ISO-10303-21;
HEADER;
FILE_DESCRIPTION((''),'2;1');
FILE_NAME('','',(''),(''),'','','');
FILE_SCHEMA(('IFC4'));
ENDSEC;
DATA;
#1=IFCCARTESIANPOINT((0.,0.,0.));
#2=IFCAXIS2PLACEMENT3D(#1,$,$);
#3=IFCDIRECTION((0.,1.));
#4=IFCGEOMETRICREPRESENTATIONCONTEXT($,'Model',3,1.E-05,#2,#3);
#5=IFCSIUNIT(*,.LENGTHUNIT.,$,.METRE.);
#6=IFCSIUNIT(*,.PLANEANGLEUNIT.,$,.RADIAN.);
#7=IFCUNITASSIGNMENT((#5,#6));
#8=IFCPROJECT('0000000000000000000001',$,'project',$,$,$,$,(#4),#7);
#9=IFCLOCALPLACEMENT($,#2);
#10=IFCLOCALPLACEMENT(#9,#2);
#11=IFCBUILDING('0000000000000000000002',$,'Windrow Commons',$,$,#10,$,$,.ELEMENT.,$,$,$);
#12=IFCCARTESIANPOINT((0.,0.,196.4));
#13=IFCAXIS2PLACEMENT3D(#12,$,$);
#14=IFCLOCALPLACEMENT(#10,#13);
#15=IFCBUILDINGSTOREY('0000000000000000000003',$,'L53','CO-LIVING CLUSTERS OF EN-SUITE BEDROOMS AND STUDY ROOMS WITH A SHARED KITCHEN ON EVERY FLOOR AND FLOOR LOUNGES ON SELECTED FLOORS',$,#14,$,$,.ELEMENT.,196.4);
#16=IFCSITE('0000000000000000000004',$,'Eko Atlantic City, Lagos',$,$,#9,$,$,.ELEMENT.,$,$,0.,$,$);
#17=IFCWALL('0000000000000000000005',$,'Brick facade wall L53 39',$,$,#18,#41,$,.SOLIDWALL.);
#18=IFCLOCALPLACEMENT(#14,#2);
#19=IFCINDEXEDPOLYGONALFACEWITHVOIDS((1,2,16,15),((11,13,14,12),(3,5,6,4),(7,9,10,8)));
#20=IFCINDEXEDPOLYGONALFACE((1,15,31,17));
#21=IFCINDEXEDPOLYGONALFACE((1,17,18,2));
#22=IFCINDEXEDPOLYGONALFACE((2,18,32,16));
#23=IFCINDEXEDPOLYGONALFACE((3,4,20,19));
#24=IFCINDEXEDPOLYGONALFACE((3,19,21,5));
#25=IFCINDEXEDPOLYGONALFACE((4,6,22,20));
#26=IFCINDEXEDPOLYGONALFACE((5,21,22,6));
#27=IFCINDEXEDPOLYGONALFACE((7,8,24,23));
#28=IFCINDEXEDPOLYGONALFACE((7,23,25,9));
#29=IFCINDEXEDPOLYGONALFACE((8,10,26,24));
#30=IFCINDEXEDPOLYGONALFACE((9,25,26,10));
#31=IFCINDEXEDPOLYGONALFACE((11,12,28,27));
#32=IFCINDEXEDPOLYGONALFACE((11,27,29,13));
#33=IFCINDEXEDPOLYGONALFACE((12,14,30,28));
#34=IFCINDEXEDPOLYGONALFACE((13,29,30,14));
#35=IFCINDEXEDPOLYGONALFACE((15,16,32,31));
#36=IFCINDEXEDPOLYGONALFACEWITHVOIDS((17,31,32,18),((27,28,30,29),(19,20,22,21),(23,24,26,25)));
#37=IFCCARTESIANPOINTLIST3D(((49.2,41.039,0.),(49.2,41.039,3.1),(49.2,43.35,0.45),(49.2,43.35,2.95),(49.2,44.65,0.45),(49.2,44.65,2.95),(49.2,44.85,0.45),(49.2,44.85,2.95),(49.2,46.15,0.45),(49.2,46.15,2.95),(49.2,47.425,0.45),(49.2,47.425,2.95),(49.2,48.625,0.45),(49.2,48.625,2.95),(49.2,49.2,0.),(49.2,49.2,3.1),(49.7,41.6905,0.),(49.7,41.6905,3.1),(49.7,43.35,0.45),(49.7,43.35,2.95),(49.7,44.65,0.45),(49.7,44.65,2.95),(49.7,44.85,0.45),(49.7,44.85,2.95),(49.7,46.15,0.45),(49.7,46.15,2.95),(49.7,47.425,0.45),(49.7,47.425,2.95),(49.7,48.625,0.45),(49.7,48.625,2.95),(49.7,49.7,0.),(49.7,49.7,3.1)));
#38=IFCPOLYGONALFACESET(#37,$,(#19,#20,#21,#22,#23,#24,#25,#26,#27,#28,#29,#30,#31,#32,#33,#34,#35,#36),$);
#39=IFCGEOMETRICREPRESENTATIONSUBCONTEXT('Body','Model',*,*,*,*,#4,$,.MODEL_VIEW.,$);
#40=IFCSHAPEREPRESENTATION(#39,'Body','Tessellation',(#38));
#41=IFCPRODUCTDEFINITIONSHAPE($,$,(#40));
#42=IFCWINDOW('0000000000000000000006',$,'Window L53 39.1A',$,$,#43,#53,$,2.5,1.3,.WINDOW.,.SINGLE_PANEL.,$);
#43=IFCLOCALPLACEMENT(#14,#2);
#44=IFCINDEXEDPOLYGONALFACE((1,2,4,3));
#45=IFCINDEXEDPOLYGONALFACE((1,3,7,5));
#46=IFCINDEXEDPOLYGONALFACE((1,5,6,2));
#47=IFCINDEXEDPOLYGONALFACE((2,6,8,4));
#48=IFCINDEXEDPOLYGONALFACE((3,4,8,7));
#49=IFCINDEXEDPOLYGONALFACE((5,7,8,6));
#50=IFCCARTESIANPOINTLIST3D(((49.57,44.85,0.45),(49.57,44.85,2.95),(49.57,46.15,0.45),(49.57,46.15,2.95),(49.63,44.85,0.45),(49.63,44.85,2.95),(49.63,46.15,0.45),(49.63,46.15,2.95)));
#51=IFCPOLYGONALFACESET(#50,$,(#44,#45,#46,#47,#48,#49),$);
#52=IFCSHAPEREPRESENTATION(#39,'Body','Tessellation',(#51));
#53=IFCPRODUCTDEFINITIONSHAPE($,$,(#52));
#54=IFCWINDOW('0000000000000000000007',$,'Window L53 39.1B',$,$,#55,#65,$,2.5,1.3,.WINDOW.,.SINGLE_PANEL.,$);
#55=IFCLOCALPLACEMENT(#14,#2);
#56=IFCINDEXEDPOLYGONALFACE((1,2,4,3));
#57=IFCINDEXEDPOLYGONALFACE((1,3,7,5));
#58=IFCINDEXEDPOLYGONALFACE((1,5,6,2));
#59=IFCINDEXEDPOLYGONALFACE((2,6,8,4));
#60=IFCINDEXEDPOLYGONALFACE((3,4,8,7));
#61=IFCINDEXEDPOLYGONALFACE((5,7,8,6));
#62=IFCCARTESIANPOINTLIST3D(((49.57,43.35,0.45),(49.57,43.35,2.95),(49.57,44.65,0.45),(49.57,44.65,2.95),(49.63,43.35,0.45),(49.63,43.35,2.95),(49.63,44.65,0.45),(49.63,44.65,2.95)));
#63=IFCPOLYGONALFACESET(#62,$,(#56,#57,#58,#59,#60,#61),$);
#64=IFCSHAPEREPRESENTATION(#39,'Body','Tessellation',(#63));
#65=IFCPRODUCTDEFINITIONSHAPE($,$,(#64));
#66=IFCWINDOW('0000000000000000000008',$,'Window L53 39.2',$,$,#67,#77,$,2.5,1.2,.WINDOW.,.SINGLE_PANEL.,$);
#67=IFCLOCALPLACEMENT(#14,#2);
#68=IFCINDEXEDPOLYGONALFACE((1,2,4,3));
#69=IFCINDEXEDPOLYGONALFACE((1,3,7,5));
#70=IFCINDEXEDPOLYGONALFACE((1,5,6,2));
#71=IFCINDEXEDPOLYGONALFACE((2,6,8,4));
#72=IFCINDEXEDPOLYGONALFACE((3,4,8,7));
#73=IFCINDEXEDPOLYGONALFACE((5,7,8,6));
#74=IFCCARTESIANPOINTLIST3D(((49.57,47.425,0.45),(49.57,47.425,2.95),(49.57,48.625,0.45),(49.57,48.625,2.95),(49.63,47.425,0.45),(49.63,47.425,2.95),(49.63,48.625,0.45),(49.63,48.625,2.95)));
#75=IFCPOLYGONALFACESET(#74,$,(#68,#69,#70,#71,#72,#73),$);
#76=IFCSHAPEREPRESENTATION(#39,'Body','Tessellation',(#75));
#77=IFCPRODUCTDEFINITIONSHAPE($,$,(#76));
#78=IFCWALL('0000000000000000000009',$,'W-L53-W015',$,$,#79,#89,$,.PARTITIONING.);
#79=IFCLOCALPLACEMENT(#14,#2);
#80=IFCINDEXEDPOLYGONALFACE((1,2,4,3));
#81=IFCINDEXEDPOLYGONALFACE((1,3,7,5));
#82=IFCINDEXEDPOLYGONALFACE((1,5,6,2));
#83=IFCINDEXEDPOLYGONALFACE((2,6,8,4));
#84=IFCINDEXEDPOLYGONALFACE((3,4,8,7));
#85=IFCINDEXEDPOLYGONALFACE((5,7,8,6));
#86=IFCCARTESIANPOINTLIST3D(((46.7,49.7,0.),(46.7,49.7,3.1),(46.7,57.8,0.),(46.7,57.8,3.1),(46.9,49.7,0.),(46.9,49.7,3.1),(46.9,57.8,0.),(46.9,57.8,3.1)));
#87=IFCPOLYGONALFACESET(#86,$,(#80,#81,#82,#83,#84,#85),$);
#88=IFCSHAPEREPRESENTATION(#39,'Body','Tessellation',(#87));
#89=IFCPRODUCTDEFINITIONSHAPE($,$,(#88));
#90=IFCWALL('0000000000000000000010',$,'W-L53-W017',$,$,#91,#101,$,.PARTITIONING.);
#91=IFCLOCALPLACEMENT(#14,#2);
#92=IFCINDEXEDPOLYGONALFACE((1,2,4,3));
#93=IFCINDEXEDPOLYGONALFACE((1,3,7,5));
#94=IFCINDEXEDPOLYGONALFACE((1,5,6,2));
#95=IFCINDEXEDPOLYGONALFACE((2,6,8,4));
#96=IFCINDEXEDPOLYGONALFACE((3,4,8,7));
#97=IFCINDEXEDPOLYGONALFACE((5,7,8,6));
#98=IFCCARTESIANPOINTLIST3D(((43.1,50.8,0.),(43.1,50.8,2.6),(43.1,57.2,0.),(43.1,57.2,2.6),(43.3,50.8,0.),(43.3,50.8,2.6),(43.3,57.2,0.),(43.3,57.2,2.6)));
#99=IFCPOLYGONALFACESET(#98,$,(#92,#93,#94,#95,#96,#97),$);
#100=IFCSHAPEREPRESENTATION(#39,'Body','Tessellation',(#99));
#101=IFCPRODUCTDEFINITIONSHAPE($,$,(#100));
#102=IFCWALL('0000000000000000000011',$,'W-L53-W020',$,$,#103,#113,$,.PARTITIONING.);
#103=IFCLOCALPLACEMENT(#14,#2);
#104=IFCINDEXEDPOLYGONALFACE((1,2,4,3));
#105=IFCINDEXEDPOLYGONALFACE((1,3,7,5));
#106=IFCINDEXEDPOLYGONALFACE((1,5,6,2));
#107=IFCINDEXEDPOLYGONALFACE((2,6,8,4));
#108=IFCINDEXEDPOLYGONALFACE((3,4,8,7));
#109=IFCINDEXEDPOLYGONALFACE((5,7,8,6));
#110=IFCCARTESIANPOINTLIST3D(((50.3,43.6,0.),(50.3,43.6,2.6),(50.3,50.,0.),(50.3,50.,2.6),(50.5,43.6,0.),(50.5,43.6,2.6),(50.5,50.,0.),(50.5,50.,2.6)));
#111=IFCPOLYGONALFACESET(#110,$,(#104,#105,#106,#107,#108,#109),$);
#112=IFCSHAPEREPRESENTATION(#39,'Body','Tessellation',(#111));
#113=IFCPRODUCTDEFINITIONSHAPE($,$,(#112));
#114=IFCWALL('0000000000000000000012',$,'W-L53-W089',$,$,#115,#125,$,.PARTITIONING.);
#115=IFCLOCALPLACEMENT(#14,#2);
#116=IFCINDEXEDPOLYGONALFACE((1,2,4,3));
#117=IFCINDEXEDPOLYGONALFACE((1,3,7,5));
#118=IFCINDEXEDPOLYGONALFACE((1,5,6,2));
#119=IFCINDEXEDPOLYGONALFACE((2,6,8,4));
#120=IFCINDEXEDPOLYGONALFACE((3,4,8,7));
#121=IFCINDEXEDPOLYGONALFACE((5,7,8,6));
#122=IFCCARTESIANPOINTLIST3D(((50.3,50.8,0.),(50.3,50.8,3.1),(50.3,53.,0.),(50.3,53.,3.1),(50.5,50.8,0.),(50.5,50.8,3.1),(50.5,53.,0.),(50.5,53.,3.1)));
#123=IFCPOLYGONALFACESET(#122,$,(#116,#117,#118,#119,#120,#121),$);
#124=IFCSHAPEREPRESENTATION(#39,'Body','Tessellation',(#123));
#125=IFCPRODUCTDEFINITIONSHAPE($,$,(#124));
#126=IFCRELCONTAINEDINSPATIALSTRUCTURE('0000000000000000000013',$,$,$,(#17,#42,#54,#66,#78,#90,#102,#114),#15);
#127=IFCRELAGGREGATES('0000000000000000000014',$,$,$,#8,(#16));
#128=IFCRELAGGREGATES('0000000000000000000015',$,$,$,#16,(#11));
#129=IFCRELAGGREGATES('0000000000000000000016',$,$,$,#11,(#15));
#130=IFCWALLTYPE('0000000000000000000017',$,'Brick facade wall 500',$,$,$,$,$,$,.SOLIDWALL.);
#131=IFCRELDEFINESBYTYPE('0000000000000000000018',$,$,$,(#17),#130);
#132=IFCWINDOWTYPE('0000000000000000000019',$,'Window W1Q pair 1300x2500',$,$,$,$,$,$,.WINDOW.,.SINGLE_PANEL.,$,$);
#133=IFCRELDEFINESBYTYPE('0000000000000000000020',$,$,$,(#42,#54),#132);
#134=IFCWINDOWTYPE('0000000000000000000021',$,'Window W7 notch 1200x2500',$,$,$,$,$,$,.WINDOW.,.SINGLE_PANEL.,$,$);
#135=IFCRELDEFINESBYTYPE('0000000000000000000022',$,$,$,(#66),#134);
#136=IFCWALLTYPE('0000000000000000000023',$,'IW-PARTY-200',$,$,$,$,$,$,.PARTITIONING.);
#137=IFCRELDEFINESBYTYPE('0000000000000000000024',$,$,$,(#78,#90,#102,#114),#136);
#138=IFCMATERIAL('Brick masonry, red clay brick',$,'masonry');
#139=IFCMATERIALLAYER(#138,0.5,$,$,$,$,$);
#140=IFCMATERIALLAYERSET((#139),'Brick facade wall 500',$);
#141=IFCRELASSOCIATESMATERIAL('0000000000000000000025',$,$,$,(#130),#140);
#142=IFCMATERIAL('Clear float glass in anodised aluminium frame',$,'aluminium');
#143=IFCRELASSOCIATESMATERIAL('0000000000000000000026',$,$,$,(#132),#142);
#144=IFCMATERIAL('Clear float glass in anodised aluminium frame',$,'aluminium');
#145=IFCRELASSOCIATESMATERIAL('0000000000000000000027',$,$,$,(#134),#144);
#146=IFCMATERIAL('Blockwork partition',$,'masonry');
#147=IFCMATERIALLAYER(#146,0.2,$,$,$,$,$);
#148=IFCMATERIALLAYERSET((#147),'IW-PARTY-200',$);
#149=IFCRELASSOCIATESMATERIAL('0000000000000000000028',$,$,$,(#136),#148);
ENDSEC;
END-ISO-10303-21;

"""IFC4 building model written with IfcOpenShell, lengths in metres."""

from ifc_helpers import new_model, si_unit, direction, frame, frame_2d, origin, place, context, subcontext, project, spatial, polyline, rectangle, outline, extrude, material, layer, layer_set, type_object, element, fill, save


model = new_model("IFC4")

# Units and contexts
model_context = context("Model", 3, precision=1e-05, world=origin(), true_north=direction((0.0, 1.0)))
body_context = subcontext(model_context, "Body", "Model", "MODEL_VIEW")
ifc_project = project(units=[si_unit("LENGTHUNIT", "METRE"), si_unit("PLANEANGLEUNIT", "RADIAN")], contexts=[model_context])

# Site, building, storey
site_placement = place(None, origin())
site = spatial("IfcSite", under=ifc_project, at=site_placement, Name="Eko Atlantic City, Lagos", CompositionType="ELEMENT", RefElevation=0.0)
building_placement = place(site_placement, origin())
building = spatial("IfcBuilding", under=site, at=building_placement, Name="Windrow Commons", CompositionType="ELEMENT")
storey_placement = place(building_placement, frame((0.0, 0.0, 196.4)))
storey = spatial("IfcBuildingStorey", under=building, at=storey_placement, Name="L53", Description="CO-LIVING CLUSTERS OF EN-SUITE BEDROOMS AND STUDY ROOMS WITH A SHARED KITCHEN ON EVERY FLOOR AND FLOOR LOUNGES ON SELECTED FLOORS", CompositionType="ELEMENT", Elevation=196.4)

# Wall, openings, windows
ifc_material_1 = material(Name="Brick masonry, red clay brick", Category="masonry")
ifc_layer_1 = layer(ifc_material_1, 0.5)
ifc_layer_set_1 = layer_set([ifc_layer_1], Name="Brick facade wall 500")
wall_type_1 = type_object("IfcWallType", Name="Brick facade wall 500", PredefinedType="SOLIDWALL", material=ifc_layer_set_1)
ifc_material_2 = material(Name="Clear float glass in anodised aluminium frame", Category="aluminium")
window_type_1 = type_object("IfcWindowType", Name="Window W1Q pair 1300x2500", PartitioningType="SINGLE_PANEL", PredefinedType="WINDOW", material=ifc_material_2)
ifc_material_3 = material(Name="Clear float glass in anodised aluminium frame", Category="aluminium")
window_type_2 = type_object("IfcWindowType", Name="Window W7 notch 1200x2500", PartitioningType="SINGLE_PANEL", PredefinedType="WINDOW", material=ifc_material_3)
wall_1_placement = place(storey_placement, frame((49.45, 49.45, 0.0), z_axis=(0.0, 0.0, 1.0), x_axis=(0.0, -1.0, 0.0)))
wall_1 = element("IfcWall", 1, at=wall_1_placement, inside=storey, type_object=wall_type_1, Name="Brick facade wall L53 39", PredefinedType="SOLIDWALL", context=body_context, shape_type="SweptSolid", body=[
    extrude(outline(polyline([(0.25, -0.25), (8.411, -0.25), (7.7595, 0.25), (-0.25, 0.25), (0.25, -0.25)])), origin(), (0.0, 0.0, 1.0), 3.1),
])
opening_1_placement = place(wall_1_placement, frame((3.3, 0.0, 0.45)))
opening_1 = element("IfcOpeningElement", 2, at=opening_1_placement, cuts=wall_1, PredefinedType="OPENING", context=body_context, shape_type="SweptSolid", body=[
    extrude(rectangle(XDim=1.3, YDim=2.5, at=frame_2d((0.65, 1.25))), frame((0.0, 0.26, 0.0), z_axis=(0.0, -1.0, 0.0), x_axis=(1.0, 0.0, 0.0)), (0.0, 0.0, 1.0), 0.52),
])
opening_2_placement = place(wall_1_placement, frame((4.8, 0.0, 0.45)))
opening_2 = element("IfcOpeningElement", 3, at=opening_2_placement, cuts=wall_1, PredefinedType="OPENING", context=body_context, shape_type="SweptSolid", body=[
    extrude(rectangle(XDim=1.3, YDim=2.5, at=frame_2d((0.65, 1.25))), frame((0.0, 0.26, 0.0), z_axis=(0.0, -1.0, 0.0), x_axis=(1.0, 0.0, 0.0)), (0.0, 0.0, 1.0), 0.52),
])
opening_3_placement = place(wall_1_placement, frame((0.825, 0.0, 0.45)))
opening_3 = element("IfcOpeningElement", 4, at=opening_3_placement, cuts=wall_1, PredefinedType="OPENING", context=body_context, shape_type="SweptSolid", body=[
    extrude(rectangle(XDim=1.2, YDim=2.5, at=frame_2d((0.6, 1.25))), frame((0.0, 0.26, 0.0), z_axis=(0.0, -1.0, 0.0), x_axis=(1.0, 0.0, 0.0)), (0.0, 0.0, 1.0), 0.52),
])
window_1_placement = place(opening_1_placement, origin())
window_1 = element("IfcWindow", 5, at=window_1_placement, inside=storey, type_object=window_type_1, Name="Window L53 39.1A", OverallHeight=2.5, OverallWidth=1.3, PartitioningType="SINGLE_PANEL", PredefinedType="WINDOW", context=body_context, shape_type="SweptSolid", body=[
    extrude(rectangle(XDim=1.3, YDim=2.5, at=frame_2d((0.65, 1.25))), frame((0.0, 0.18, 0.0), z_axis=(0.0, -1.0, 0.0), x_axis=(1.0, 0.0, 0.0)), (0.0, 0.0, 1.0), 0.06),
])
fill(opening_1, window_1)
window_2_placement = place(opening_2_placement, origin())
window_2 = element("IfcWindow", 6, at=window_2_placement, inside=storey, type_object=window_type_1, Name="Window L53 39.1B", OverallHeight=2.5, OverallWidth=1.3, PartitioningType="SINGLE_PANEL", PredefinedType="WINDOW", context=body_context, shape_type="SweptSolid", body=[
    extrude(rectangle(XDim=1.3, YDim=2.5, at=frame_2d((0.65, 1.25))), frame((0.0, 0.18, 0.0), z_axis=(0.0, -1.0, 0.0), x_axis=(1.0, 0.0, 0.0)), (0.0, 0.0, 1.0), 0.06),
])
fill(opening_2, window_2)
window_3_placement = place(opening_3_placement, origin())
window_3 = element("IfcWindow", 7, at=window_3_placement, inside=storey, type_object=window_type_2, Name="Window L53 39.2", OverallHeight=2.5, OverallWidth=1.2, PartitioningType="SINGLE_PANEL", PredefinedType="WINDOW", context=body_context, shape_type="SweptSolid", body=[
    extrude(rectangle(XDim=1.2, YDim=2.5, at=frame_2d((0.6, 1.25))), frame((0.0, 0.18, 0.0), z_axis=(0.0, -1.0, 0.0), x_axis=(1.0, 0.0, 0.0)), (0.0, 0.0, 1.0), 0.06),
])
fill(opening_3, window_3)

# Walls
ifc_material_4 = material(Name="Blockwork partition", Category="masonry")
ifc_layer_2 = layer(ifc_material_4, 0.2)
ifc_layer_set_2 = layer_set([ifc_layer_2], Name="IW-PARTY-200")
wall_type_2 = type_object("IfcWallType", Name="IW-PARTY-200", PredefinedType="PARTITIONING", material=ifc_layer_set_2)
wall_2_placement = place(storey_placement, frame((46.8, 49.7, 0.0), z_axis=(0.0, 0.0, 1.0), x_axis=(0.0, 1.0, 0.0)))
element("IfcWall", 8, at=wall_2_placement, inside=storey, type_object=wall_type_2, Name="W-L53-W015", PredefinedType="PARTITIONING", context=body_context, shape_type="SweptSolid", body=[
    extrude(rectangle(XDim=8.1, YDim=0.2, at=frame_2d((4.05, 0.0))), origin(), (0.0, 0.0, 1.0), 3.1),
])
for number, where, z_axis, x_axis, name in (
    (9, (43.2, 50.8, 0.0), (0.0, 0.0, 1.0), (0.0, 1.0, 0.0), "W-L53-W017"),
    (10, (50.4, 43.6, 0.0), (0.0, 0.0, 1.0), (0.0, 1.0, 0.0), "W-L53-W020"),
):
    element("IfcWall", number, at=place(storey_placement, frame(where, z_axis=z_axis, x_axis=x_axis)), inside=storey, type_object=wall_type_2, Name=name, PredefinedType="PARTITIONING", context=body_context, shape_type="SweptSolid", body=[
        extrude(rectangle(XDim=6.4, YDim=0.2, at=frame_2d((3.2, 0.0))), origin(), (0.0, 0.0, 1.0), 2.6),
    ])
wall_3_placement = place(storey_placement, frame((50.4, 50.8, 0.0), z_axis=(0.0, 0.0, 1.0), x_axis=(0.0, 1.0, 0.0)))
element("IfcWall", 11, at=wall_3_placement, inside=storey, type_object=wall_type_2, Name="W-L53-W089", PredefinedType="PARTITIONING", context=body_context, shape_type="SweptSolid", body=[
    extrude(rectangle(XDim=2.2, YDim=0.2, at=frame_2d((1.1, 0.0))), origin(), (0.0, 0.0, 1.0), 3.1),
])

save(model, "model.ifc")
